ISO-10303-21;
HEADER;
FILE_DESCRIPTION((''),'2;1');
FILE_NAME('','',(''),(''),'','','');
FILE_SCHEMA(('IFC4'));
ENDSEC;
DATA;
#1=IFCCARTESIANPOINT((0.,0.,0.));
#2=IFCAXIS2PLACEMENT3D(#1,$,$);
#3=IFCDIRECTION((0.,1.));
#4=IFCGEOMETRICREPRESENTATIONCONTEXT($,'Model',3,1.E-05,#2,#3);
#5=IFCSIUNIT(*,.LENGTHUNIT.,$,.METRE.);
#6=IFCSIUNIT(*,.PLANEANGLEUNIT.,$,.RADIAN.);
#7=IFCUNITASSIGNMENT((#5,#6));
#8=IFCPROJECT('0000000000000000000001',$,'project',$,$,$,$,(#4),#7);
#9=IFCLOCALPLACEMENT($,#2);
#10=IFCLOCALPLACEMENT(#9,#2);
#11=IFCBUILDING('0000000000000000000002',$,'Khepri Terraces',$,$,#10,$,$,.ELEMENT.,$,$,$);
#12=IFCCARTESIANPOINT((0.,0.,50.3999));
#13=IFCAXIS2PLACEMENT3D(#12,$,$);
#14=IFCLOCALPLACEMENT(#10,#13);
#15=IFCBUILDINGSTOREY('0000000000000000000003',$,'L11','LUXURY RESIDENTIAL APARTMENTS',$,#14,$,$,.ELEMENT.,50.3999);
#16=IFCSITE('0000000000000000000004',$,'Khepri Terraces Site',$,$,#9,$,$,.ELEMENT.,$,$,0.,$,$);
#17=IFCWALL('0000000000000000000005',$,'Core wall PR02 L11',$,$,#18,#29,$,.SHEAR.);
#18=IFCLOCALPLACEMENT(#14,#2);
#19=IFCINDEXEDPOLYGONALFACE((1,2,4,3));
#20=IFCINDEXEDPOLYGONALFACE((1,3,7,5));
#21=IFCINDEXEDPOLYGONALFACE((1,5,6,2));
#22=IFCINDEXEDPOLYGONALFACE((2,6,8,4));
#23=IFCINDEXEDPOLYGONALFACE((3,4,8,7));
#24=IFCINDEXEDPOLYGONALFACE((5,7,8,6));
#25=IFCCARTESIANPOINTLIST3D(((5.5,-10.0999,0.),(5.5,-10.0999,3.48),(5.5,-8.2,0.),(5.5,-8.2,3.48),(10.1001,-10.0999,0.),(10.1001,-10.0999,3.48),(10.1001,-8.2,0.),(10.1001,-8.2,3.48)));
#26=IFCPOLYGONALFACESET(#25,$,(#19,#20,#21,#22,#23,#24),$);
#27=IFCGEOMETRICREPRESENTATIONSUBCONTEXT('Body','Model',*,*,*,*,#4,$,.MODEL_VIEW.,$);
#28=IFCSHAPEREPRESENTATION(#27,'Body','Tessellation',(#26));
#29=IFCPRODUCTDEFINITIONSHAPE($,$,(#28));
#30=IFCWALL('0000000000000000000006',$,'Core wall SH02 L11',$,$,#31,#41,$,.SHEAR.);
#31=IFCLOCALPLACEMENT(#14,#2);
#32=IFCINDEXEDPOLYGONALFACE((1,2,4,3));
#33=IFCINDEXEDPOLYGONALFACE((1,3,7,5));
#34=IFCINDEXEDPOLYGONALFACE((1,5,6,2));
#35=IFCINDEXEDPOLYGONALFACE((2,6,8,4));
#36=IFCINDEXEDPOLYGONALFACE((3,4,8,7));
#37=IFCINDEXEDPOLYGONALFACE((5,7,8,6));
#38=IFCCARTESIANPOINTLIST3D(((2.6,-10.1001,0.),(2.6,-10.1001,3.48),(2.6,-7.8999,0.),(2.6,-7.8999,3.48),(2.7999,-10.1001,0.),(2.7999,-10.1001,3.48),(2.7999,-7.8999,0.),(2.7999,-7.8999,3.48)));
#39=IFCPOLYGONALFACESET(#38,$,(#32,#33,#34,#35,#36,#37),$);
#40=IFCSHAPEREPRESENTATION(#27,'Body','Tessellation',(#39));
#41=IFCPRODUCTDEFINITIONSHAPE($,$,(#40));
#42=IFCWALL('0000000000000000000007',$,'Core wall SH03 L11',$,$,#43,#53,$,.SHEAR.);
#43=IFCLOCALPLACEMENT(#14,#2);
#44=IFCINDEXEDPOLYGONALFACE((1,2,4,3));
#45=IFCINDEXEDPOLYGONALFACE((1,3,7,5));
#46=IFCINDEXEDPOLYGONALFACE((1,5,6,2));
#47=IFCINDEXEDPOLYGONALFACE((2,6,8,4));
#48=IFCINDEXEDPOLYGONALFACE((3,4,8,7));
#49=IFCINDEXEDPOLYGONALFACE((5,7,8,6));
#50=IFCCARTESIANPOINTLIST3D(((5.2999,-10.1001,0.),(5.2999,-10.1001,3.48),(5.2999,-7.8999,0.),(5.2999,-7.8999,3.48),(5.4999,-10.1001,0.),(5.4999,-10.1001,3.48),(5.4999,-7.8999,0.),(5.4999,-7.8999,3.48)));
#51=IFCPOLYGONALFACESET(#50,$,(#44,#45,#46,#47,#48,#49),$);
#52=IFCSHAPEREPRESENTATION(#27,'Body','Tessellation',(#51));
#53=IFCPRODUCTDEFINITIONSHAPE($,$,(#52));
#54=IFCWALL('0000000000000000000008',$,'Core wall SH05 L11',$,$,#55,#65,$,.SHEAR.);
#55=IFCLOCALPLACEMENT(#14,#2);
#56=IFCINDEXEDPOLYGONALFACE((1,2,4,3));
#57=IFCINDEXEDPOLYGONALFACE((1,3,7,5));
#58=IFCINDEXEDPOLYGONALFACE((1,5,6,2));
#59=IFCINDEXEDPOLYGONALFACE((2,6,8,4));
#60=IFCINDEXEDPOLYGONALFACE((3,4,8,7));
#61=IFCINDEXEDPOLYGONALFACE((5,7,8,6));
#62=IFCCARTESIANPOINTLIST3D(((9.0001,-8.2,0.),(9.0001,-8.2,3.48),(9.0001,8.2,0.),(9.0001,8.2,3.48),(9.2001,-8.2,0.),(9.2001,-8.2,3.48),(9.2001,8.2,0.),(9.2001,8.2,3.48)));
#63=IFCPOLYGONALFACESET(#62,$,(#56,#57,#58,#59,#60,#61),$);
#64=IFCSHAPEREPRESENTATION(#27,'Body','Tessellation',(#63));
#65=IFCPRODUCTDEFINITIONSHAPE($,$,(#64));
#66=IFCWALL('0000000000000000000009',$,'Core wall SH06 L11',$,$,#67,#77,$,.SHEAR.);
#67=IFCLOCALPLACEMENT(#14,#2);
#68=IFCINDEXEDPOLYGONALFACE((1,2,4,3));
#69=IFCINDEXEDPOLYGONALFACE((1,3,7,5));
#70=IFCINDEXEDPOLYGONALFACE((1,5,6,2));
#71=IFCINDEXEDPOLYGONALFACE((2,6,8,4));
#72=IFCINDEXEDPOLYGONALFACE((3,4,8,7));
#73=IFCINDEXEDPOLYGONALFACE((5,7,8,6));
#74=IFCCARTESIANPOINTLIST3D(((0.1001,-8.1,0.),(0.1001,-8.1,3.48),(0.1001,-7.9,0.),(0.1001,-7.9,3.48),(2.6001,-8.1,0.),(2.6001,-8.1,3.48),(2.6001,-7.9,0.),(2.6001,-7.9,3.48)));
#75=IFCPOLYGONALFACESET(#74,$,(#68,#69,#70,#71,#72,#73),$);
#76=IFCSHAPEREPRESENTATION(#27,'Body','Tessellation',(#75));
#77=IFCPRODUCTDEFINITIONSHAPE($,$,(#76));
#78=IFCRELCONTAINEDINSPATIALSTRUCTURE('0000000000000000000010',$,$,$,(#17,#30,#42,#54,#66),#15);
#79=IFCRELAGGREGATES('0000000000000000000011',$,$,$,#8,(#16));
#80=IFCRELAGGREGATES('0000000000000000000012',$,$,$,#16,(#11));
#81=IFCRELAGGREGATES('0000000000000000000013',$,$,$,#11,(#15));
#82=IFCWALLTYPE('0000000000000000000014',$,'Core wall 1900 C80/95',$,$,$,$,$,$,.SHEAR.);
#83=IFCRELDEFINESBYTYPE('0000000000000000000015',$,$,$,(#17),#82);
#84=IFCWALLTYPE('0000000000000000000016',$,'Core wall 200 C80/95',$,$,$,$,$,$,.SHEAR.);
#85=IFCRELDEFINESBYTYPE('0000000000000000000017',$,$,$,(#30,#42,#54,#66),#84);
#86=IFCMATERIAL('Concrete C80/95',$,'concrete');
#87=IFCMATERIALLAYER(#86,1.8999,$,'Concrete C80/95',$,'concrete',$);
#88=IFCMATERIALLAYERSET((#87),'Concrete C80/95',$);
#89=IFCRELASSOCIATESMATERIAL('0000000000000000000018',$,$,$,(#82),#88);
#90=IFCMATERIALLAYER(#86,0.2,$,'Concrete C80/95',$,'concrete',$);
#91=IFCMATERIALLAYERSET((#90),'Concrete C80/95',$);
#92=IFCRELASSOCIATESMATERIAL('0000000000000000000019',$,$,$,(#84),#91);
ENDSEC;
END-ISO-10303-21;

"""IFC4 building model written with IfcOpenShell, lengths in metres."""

from ifc_helpers import new_model, si_unit, direction, frame, frame_2d, origin, place, context, subcontext, project, spatial, rectangle, extrude, material, layer, layer_set, type_object, element, save


model = new_model("IFC4")

# Units and contexts
model_context = context("Model", 3, precision=1e-05, world=origin(), true_north=direction((0.0, 1.0)))
body_context = subcontext(model_context, "Body", "Model", "MODEL_VIEW")
ifc_project = project(units=[si_unit("LENGTHUNIT", "METRE"), si_unit("PLANEANGLEUNIT", "RADIAN")], contexts=[model_context])

# Site, building, storey
site_placement = place(None, origin())
site = spatial("IfcSite", under=ifc_project, at=site_placement, Name="Khepri Terraces Site", CompositionType="ELEMENT", RefElevation=0.0)
building_placement = place(site_placement, origin())
building = spatial("IfcBuilding", under=site, at=building_placement, Name="Khepri Terraces", CompositionType="ELEMENT")
storey_placement = place(building_placement, frame((0.0, 0.0, 50.3999)))
storey = spatial("IfcBuildingStorey", under=building, at=storey_placement, Name="L11", Description="LUXURY RESIDENTIAL APARTMENTS", CompositionType="ELEMENT", Elevation=50.3999)

# Walls
ifc_material_1 = material(Name="Concrete C80/95", Category="concrete")
ifc_layer_1 = layer(ifc_material_1, 1.8999, Name="Concrete C80/95", Category="concrete")
ifc_layer_set_1 = layer_set([ifc_layer_1], Name="Concrete C80/95")
wall_type_1 = type_object("IfcWallType", Name="Core wall 1900 C80/95", PredefinedType="SHEAR", material=ifc_layer_set_1)
wall_1_placement = place(storey_placement, frame((5.5, -9.1499, 0.0), z_axis=(0.0, 0.0, 1.0), x_axis=(1.0, 0.0, 0.0)))
element("IfcWall", 1, at=wall_1_placement, inside=storey, type_object=wall_type_1, Name="Core wall PR02 L11", PredefinedType="SHEAR", context=body_context, shape_type="SweptSolid", body=[
    extrude(rectangle(XDim=4.6001, YDim=1.8999, at=frame_2d((2.3, 0.0))), origin(), (0.0, 0.0, 1.0), 3.48),
])
ifc_layer_2 = layer(ifc_material_1, 0.2, Name="Concrete C80/95", Category="concrete")
ifc_layer_set_2 = layer_set([ifc_layer_2], Name="Concrete C80/95")
wall_type_2 = type_object("IfcWallType", Name="Core wall 200 C80/95", PredefinedType="SHEAR", material=ifc_layer_set_2)
for number, where, z_axis, x_axis, name in (
    (2, (2.7, -10.1001, 0.0), (0.0, 0.0, 1.0), (0.0, 1.0, 0.0), "Core wall SH02 L11"),
    (3, (5.3999, -10.1001, 0.0), (0.0, 0.0, 1.0), (0.0, 1.0, 0.0), "Core wall SH03 L11"),
):
    element("IfcWall", number, at=place(storey_placement, frame(where, z_axis=z_axis, x_axis=x_axis)), inside=storey, type_object=wall_type_2, Name=name, PredefinedType="SHEAR", context=body_context, shape_type="SweptSolid", body=[
        extrude(rectangle(XDim=2.2002, YDim=0.2, at=frame_2d((1.1001, 0.0))), origin(), (0.0, 0.0, 1.0), 3.48),
    ])
wall_2_placement = place(storey_placement, frame((9.1001, -8.2, 0.0), z_axis=(0.0, 0.0, 1.0), x_axis=(0.0, 1.0, 0.0)))
element("IfcWall", 4, at=wall_2_placement, inside=storey, type_object=wall_type_2, Name="Core wall SH05 L11", PredefinedType="SHEAR", context=body_context, shape_type="SweptSolid", body=[
    extrude(rectangle(XDim=16.3999, YDim=0.2, at=frame_2d((8.2, 0.0))), origin(), (0.0, 0.0, 1.0), 3.48),
])
wall_3_placement = place(storey_placement, frame((0.1001, -8.0, 0.0), z_axis=(0.0, 0.0, 1.0), x_axis=(1.0, 0.0, 0.0)))
element("IfcWall", 5, at=wall_3_placement, inside=storey, type_object=wall_type_2, Name="Core wall SH06 L11", PredefinedType="SHEAR", context=body_context, shape_type="SweptSolid", body=[
    extrude(rectangle(XDim=2.5, YDim=0.2, at=frame_2d((1.25, 0.0))), origin(), (0.0, 0.0, 1.0), 3.48),
])

save(model, "model.ifc")
